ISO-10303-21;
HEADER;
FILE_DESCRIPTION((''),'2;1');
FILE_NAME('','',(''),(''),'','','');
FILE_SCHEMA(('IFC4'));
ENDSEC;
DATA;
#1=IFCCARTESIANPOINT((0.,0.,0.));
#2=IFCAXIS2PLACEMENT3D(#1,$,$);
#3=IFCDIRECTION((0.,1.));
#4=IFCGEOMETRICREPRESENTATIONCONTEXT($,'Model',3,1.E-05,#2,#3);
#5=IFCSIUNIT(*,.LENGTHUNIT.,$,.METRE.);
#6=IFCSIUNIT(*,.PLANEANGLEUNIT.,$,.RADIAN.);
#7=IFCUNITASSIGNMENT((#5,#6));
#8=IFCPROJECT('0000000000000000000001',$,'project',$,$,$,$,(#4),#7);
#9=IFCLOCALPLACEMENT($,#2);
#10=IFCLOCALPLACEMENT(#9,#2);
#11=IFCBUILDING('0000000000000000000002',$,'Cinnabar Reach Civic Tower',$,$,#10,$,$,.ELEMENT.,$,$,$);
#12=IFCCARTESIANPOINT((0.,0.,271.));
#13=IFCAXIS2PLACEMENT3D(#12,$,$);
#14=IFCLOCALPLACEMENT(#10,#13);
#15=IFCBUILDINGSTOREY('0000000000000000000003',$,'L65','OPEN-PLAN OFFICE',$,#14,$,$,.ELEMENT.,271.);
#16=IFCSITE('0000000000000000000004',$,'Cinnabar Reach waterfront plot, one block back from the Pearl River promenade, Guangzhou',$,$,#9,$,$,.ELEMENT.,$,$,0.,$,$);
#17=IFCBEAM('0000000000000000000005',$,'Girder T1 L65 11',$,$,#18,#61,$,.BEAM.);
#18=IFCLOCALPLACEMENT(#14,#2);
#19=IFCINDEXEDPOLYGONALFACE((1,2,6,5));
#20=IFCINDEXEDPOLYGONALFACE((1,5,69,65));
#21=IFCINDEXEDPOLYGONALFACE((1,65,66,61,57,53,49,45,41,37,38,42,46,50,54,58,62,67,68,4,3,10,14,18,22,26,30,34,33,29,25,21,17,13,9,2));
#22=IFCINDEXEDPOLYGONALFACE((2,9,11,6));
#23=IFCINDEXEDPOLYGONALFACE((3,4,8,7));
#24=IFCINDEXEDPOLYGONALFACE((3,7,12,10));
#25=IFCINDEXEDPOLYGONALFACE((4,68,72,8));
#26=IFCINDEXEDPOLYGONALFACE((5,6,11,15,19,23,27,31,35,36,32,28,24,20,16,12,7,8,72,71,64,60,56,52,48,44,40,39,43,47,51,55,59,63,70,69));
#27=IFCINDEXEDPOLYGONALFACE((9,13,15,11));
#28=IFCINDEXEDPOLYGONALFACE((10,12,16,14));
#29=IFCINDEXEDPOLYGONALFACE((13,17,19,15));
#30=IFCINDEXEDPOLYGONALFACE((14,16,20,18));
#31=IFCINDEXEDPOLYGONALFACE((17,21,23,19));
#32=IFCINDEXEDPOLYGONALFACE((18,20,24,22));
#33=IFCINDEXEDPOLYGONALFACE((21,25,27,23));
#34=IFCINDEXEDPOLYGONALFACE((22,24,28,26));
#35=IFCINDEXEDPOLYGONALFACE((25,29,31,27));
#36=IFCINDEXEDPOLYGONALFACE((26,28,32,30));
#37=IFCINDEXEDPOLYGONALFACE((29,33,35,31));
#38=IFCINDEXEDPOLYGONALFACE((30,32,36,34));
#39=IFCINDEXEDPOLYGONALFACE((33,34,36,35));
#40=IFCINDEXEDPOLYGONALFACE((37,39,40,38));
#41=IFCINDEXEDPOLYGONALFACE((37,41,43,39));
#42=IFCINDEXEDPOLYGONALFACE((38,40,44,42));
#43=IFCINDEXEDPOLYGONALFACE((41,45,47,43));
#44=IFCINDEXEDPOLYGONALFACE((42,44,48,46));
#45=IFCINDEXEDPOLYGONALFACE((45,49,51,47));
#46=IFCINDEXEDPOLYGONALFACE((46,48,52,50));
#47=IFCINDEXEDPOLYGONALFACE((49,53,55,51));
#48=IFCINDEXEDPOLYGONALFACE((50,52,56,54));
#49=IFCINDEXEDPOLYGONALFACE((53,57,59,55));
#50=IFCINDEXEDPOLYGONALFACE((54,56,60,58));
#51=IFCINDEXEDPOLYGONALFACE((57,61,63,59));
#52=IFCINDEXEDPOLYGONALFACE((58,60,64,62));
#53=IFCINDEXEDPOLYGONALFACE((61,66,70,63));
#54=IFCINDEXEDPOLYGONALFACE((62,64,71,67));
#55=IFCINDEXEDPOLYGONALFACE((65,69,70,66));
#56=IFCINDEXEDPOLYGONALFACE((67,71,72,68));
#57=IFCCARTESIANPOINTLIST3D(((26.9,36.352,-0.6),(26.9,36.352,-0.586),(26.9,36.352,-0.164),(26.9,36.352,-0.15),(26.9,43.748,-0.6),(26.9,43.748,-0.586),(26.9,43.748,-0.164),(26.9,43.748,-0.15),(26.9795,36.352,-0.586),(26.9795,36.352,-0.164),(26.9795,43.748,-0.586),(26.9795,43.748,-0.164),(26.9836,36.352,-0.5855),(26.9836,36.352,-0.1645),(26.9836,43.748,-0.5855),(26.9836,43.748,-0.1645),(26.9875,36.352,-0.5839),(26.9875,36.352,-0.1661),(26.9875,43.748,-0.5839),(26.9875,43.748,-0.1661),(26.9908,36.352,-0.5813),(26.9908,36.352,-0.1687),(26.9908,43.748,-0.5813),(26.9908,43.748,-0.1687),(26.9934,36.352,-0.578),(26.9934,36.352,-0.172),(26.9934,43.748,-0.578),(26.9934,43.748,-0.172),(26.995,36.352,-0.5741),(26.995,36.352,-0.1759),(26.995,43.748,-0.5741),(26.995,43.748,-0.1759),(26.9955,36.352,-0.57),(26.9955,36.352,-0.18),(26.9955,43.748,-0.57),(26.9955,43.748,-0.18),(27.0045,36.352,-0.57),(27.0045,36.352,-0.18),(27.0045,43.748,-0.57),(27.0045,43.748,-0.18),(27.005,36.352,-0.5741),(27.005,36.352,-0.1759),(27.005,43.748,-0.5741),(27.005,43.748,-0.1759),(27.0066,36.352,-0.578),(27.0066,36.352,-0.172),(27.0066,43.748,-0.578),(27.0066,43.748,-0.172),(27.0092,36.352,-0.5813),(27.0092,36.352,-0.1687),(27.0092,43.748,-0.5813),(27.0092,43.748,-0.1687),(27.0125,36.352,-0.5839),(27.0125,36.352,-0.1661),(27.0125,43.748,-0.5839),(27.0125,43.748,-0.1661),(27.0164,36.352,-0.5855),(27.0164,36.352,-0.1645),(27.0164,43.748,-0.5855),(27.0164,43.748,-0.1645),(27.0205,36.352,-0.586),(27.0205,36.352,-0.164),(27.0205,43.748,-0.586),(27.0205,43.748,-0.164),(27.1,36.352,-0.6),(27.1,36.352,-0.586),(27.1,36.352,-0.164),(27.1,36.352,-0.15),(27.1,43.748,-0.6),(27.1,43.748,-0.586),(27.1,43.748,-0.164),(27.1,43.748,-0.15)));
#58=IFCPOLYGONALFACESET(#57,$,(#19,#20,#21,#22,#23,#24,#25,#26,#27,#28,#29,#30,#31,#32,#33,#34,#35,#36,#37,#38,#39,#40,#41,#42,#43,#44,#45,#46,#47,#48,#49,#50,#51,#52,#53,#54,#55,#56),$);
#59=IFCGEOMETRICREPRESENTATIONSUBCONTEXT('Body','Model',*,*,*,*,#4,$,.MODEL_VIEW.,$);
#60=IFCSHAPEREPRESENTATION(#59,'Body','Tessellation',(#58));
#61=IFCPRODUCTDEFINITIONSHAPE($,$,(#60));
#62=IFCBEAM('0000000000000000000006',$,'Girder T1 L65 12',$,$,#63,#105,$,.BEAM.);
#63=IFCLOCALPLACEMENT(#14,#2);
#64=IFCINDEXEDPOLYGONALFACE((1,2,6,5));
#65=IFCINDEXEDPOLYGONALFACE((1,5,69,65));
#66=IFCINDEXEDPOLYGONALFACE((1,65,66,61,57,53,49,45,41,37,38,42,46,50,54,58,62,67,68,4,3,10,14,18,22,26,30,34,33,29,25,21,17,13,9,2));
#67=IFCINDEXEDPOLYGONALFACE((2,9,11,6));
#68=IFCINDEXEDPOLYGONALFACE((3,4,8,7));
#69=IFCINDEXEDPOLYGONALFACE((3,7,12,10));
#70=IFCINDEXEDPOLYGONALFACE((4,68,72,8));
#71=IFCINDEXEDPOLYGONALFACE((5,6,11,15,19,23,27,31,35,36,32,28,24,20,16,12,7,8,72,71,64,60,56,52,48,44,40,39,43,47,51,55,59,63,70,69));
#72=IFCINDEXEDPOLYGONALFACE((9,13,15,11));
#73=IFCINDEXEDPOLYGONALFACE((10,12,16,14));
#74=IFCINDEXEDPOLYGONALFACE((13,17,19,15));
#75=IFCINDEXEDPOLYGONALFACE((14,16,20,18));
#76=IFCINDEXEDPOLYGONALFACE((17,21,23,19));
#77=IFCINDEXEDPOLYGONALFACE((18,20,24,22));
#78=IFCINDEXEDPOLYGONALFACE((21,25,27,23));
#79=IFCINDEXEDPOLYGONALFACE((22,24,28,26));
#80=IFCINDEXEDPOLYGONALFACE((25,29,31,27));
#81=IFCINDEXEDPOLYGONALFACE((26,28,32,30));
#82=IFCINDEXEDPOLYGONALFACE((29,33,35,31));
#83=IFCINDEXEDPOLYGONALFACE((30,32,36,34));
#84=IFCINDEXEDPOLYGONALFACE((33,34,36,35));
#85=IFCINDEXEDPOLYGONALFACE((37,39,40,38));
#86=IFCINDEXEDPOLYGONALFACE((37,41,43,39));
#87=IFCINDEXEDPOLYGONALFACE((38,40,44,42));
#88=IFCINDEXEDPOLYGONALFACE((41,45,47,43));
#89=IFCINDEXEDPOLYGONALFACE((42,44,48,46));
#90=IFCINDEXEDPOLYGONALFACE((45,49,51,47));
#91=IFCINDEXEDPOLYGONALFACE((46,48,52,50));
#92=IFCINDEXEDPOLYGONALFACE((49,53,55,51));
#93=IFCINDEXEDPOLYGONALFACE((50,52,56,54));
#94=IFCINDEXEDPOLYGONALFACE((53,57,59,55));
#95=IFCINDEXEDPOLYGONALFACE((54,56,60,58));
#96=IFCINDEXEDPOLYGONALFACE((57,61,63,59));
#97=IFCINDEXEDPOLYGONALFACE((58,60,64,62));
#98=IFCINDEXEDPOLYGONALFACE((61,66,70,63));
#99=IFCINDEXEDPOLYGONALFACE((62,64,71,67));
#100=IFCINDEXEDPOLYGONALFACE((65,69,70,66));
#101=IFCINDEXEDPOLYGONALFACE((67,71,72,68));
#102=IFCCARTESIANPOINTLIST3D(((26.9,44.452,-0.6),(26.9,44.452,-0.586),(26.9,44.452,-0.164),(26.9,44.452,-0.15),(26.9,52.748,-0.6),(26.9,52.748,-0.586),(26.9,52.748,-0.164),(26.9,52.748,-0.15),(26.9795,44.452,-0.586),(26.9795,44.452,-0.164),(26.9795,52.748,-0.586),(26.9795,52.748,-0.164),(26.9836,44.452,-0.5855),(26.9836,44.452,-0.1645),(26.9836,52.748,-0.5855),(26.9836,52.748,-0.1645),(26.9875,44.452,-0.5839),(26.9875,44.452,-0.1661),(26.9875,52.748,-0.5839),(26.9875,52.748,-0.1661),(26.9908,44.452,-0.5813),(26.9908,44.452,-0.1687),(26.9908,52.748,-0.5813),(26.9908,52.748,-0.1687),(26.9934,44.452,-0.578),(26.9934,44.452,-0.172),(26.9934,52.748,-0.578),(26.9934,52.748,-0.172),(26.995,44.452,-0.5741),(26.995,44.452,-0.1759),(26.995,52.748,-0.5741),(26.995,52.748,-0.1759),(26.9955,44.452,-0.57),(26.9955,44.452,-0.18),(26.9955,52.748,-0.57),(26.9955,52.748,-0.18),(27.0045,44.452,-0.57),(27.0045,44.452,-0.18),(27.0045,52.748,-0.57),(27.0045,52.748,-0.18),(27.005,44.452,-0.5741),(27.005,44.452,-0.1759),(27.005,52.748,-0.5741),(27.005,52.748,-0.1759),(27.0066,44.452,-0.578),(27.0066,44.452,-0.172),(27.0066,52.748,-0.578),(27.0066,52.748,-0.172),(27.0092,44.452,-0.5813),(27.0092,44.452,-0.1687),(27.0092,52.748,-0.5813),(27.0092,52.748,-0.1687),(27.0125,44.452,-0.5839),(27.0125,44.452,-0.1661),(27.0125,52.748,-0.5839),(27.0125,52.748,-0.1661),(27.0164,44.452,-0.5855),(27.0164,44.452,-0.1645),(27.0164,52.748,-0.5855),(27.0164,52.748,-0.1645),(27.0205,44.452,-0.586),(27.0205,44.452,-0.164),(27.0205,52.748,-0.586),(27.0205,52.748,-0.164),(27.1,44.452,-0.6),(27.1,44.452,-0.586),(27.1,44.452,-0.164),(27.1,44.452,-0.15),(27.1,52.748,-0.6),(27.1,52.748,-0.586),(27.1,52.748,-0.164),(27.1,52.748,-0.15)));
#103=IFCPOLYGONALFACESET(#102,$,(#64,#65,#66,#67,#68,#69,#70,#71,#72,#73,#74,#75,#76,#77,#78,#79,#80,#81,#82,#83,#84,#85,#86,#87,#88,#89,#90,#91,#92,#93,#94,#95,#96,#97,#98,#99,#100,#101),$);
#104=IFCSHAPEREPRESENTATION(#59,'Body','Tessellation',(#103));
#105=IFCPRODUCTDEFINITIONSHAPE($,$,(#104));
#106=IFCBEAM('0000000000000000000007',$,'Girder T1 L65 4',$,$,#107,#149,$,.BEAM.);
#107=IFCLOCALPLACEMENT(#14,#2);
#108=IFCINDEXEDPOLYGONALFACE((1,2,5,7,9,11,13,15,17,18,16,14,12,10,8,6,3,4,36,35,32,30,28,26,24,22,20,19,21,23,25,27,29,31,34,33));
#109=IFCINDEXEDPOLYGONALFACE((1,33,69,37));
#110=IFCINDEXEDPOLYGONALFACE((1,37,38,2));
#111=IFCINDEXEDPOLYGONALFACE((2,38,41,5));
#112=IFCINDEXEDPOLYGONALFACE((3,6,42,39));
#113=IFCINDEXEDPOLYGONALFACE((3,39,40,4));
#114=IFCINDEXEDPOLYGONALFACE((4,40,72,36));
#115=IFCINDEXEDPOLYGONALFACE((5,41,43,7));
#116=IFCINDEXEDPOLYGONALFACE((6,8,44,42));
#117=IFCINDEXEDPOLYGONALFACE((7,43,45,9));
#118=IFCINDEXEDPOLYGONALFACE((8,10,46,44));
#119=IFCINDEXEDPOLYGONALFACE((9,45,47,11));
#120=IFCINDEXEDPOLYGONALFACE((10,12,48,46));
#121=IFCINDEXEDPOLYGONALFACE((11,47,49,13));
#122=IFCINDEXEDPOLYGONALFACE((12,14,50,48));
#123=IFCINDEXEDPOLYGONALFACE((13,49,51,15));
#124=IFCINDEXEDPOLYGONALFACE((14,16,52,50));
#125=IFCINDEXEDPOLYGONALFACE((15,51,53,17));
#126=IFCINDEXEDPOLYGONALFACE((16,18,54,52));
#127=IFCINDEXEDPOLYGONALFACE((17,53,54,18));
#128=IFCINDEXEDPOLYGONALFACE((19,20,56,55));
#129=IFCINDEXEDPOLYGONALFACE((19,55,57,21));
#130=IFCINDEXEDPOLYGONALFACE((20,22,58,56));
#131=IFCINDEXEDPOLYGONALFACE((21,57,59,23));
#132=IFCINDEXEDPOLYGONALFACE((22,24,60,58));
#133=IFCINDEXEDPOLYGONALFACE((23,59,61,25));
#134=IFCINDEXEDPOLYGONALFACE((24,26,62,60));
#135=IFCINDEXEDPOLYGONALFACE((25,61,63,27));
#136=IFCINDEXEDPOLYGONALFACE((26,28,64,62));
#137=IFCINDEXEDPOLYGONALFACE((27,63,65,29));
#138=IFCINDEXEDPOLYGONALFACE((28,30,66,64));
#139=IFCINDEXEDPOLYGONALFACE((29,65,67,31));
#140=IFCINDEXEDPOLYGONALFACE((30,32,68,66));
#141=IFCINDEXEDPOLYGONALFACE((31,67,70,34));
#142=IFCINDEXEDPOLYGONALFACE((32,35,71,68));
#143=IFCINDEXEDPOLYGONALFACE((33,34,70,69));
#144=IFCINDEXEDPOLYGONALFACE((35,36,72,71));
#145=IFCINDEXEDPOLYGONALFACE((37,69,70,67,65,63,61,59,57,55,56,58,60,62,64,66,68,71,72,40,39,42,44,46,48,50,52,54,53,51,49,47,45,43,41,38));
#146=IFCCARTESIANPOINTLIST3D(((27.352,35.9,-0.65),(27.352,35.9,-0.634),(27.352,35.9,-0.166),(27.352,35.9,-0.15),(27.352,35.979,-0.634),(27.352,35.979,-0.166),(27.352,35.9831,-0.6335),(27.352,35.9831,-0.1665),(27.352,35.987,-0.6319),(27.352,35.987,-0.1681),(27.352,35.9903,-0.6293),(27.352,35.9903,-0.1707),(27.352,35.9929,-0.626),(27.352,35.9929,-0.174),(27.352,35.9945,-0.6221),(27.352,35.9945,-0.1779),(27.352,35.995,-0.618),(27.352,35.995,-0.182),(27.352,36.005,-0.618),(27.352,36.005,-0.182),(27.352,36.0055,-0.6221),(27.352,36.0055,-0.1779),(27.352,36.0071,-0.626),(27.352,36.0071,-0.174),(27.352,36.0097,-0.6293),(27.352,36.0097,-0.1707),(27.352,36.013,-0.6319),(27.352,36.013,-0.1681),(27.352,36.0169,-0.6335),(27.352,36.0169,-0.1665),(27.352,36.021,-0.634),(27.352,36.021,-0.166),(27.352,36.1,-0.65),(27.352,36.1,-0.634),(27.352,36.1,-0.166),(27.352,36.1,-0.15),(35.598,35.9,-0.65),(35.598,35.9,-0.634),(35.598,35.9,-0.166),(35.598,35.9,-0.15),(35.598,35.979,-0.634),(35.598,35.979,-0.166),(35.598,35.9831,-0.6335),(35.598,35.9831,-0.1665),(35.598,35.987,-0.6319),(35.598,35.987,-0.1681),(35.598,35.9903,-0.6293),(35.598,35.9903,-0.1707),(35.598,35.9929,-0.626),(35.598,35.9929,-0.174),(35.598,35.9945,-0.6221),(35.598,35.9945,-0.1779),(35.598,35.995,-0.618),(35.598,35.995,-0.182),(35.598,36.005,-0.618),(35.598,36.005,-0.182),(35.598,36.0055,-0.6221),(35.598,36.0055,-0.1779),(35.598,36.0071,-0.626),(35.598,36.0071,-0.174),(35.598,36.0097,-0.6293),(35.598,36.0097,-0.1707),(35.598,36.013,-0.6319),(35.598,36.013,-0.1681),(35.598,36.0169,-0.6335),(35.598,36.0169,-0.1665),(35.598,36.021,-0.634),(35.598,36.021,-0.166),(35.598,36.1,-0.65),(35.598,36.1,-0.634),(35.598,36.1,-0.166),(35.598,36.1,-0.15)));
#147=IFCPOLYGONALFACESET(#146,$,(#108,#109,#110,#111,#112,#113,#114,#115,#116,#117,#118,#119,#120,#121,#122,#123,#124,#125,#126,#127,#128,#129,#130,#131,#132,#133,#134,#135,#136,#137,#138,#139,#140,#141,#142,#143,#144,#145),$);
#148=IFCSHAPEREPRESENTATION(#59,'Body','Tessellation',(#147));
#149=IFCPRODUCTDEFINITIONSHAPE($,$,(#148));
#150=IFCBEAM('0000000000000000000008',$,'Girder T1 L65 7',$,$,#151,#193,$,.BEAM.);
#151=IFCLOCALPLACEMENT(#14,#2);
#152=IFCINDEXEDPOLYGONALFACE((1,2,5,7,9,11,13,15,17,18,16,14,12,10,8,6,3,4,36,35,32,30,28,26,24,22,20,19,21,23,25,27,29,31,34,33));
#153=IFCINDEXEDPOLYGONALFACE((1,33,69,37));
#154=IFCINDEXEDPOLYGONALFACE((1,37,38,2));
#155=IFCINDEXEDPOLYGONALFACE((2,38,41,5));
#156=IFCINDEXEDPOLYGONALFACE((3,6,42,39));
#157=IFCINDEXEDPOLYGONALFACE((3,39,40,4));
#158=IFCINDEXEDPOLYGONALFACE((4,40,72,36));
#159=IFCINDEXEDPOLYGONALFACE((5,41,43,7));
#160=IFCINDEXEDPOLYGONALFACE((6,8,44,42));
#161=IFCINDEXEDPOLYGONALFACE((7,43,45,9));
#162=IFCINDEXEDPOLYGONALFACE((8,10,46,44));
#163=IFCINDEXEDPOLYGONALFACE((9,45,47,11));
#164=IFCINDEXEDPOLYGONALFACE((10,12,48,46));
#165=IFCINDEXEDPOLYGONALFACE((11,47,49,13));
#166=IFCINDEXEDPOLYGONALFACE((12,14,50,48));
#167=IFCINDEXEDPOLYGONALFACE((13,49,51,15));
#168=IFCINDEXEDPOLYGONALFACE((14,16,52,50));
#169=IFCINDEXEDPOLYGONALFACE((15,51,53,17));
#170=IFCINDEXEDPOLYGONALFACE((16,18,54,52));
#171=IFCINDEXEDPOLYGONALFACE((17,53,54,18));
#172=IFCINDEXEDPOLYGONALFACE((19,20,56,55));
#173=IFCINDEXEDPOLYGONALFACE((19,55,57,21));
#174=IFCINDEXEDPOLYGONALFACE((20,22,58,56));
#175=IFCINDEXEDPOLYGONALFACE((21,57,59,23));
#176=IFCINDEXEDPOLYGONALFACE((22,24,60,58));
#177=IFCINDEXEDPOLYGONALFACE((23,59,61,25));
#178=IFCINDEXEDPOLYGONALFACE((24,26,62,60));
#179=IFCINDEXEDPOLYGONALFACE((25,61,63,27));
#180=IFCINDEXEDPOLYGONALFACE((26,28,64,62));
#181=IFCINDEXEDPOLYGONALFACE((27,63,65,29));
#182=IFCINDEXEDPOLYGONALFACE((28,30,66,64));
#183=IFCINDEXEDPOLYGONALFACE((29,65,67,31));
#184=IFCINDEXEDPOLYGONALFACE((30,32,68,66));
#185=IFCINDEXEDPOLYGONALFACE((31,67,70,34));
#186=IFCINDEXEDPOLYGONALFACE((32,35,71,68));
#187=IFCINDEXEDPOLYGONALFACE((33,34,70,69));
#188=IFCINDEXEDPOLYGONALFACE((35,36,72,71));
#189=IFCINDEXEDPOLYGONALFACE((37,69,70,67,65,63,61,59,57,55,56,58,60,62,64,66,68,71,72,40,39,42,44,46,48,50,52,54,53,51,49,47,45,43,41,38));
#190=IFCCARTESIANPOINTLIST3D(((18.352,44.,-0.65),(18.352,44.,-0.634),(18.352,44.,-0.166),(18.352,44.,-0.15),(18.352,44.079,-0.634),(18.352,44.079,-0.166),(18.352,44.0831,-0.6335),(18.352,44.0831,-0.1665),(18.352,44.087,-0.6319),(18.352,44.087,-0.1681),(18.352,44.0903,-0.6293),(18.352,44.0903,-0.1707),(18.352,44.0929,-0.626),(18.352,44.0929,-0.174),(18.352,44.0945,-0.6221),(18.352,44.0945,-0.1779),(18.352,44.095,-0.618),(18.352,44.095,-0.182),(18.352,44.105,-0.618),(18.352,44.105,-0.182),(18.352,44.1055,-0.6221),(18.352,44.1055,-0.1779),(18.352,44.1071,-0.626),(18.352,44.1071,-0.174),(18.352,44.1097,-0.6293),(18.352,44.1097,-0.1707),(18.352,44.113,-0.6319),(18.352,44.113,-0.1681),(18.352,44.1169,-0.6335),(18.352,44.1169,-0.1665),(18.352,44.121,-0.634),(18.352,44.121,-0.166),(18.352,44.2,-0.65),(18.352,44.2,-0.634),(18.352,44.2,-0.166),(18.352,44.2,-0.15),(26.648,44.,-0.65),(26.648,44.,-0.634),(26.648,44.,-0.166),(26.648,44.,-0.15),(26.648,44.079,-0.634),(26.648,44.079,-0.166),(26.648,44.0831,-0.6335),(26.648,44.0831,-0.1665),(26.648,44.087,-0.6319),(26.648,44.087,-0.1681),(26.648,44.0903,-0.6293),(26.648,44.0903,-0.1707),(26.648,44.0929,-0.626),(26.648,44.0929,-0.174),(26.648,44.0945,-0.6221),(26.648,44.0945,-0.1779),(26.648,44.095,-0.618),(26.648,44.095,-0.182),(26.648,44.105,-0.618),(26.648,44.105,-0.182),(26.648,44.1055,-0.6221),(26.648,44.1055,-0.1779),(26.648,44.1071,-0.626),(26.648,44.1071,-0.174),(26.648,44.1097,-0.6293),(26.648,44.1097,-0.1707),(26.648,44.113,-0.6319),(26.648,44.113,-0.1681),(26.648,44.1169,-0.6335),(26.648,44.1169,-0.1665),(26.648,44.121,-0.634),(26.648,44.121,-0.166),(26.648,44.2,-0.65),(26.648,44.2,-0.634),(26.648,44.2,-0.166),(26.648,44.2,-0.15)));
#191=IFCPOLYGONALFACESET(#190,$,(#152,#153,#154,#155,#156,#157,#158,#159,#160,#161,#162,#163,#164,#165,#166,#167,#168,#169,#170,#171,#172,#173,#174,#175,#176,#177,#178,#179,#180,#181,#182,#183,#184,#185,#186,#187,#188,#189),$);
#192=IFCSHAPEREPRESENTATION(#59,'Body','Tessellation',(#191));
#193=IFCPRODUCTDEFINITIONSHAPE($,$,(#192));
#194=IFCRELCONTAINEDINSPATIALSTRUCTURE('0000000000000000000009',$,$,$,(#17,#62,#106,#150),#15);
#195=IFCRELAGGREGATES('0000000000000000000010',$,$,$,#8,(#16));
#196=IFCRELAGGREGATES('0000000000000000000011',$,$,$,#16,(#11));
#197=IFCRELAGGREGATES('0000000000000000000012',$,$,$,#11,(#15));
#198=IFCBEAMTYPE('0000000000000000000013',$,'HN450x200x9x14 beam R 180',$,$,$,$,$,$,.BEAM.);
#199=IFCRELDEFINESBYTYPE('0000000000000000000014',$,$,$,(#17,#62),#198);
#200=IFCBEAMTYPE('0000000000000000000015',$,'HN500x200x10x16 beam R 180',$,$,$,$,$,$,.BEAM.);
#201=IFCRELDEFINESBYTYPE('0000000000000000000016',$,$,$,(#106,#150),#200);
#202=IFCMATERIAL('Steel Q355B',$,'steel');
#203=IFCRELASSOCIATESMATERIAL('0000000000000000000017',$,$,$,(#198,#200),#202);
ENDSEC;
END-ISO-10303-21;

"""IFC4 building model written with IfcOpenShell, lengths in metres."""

from ifc_helpers import new_model, si_unit, direction, frame, origin, origin_2d, place, context, subcontext, project, spatial, i_section, extrude, material, material_profile, profile_set, type_object, element, save


model = new_model("IFC4")

# Units and contexts
model_context = context("Model", 3, precision=1e-05, world=origin(), true_north=direction((0.0, 1.0)))
body_context = subcontext(model_context, "Body", "Model", "MODEL_VIEW")
ifc_project = project(units=[si_unit("LENGTHUNIT", "METRE"), si_unit("PLANEANGLEUNIT", "RADIAN")], contexts=[model_context])

# Site, building, storey
site_placement = place(None, origin())
site = spatial("IfcSite", under=ifc_project, at=site_placement, Name="Cinnabar Reach waterfront plot, one block back from the Pearl River promenade, Guangzhou", CompositionType="ELEMENT", RefElevation=0.0)
building_placement = place(site_placement, origin())
building = spatial("IfcBuilding", under=site, at=building_placement, Name="Cinnabar Reach Civic Tower", CompositionType="ELEMENT")
storey_placement = place(building_placement, frame((0.0, 0.0, 271.0)))
storey = spatial("IfcBuildingStorey", under=building, at=storey_placement, Name="L65", Description="OPEN-PLAN OFFICE", CompositionType="ELEMENT", Elevation=271.0)

# Beams
ifc_material_1 = material(Name="Steel Q355B", Category="steel")
ifc_material_profile_1 = material_profile(ifc_material_1, i_section(OverallWidth=0.2, OverallDepth=0.45, WebThickness=0.009, FlangeThickness=0.014, FilletRadius=0.016, at=origin_2d()), Name="HN450x200x9x14")
ifc_profile_set_1 = profile_set([ifc_material_profile_1], Name="Steel Q355B")
beam_type_1 = type_object("IfcBeamType", Name="HN450x200x9x14 beam R 180", PredefinedType="BEAM", material=ifc_profile_set_1)
beam_1_placement = place(storey_placement, frame((27.0, 36.352, -0.375), z_axis=(0.0, 1.0, 0.0), x_axis=(-1.0, 0.0, 0.0)))
element("IfcBeam", 1, at=beam_1_placement, inside=storey, type_object=beam_type_1, Name="Girder T1 L65 11", PredefinedType="BEAM", context=body_context, shape_type="SweptSolid", body=[
    extrude(i_section(OverallWidth=0.2, OverallDepth=0.45, WebThickness=0.009, FlangeThickness=0.014, FilletRadius=0.016, at=origin_2d()), origin(), (0.0, 0.0, 1.0), 7.396),
])
beam_2_placement = place(storey_placement, frame((27.0, 44.452, -0.375), z_axis=(0.0, 1.0, 0.0), x_axis=(-1.0, 0.0, 0.0)))
element("IfcBeam", 2, at=beam_2_placement, inside=storey, type_object=beam_type_1, Name="Girder T1 L65 12", PredefinedType="BEAM", context=body_context, shape_type="SweptSolid", body=[
    extrude(i_section(OverallWidth=0.2, OverallDepth=0.45, WebThickness=0.009, FlangeThickness=0.014, FilletRadius=0.016, at=origin_2d()), origin(), (0.0, 0.0, 1.0), 8.296),
])
ifc_material_profile_2 = material_profile(ifc_material_1, i_section(OverallWidth=0.2, OverallDepth=0.5, WebThickness=0.01, FlangeThickness=0.016, FilletRadius=0.016, at=origin_2d()), Name="HN500x200x10x16")
ifc_profile_set_2 = profile_set([ifc_material_profile_2], Name="Steel Q355B")
beam_type_2 = type_object("IfcBeamType", Name="HN500x200x10x16 beam R 180", PredefinedType="BEAM", material=ifc_profile_set_2)
beam_3_placement = place(storey_placement, frame((27.352, 36.0, -0.4), z_axis=(1.0, 0.0, 0.0), x_axis=(0.0, 1.0, 0.0)))
element("IfcBeam", 3, at=beam_3_placement, inside=storey, type_object=beam_type_2, Name="Girder T1 L65 4", PredefinedType="BEAM", context=body_context, shape_type="SweptSolid", body=[
    extrude(i_section(OverallWidth=0.2, OverallDepth=0.5, WebThickness=0.01, FlangeThickness=0.016, FilletRadius=0.016, at=origin_2d()), origin(), (0.0, 0.0, 1.0), 8.246),
])
beam_4_placement = place(storey_placement, frame((18.352, 44.1, -0.4), z_axis=(1.0, 0.0, 0.0), x_axis=(0.0, 1.0, 0.0)))
element("IfcBeam", 4, at=beam_4_placement, inside=storey, type_object=beam_type_2, Name="Girder T1 L65 7", PredefinedType="BEAM", context=body_context, shape_type="SweptSolid", body=[
    extrude(i_section(OverallWidth=0.2, OverallDepth=0.5, WebThickness=0.01, FlangeThickness=0.016, FilletRadius=0.016, at=origin_2d()), origin(), (0.0, 0.0, 1.0), 8.296),
])

save(model, "model.ifc")
